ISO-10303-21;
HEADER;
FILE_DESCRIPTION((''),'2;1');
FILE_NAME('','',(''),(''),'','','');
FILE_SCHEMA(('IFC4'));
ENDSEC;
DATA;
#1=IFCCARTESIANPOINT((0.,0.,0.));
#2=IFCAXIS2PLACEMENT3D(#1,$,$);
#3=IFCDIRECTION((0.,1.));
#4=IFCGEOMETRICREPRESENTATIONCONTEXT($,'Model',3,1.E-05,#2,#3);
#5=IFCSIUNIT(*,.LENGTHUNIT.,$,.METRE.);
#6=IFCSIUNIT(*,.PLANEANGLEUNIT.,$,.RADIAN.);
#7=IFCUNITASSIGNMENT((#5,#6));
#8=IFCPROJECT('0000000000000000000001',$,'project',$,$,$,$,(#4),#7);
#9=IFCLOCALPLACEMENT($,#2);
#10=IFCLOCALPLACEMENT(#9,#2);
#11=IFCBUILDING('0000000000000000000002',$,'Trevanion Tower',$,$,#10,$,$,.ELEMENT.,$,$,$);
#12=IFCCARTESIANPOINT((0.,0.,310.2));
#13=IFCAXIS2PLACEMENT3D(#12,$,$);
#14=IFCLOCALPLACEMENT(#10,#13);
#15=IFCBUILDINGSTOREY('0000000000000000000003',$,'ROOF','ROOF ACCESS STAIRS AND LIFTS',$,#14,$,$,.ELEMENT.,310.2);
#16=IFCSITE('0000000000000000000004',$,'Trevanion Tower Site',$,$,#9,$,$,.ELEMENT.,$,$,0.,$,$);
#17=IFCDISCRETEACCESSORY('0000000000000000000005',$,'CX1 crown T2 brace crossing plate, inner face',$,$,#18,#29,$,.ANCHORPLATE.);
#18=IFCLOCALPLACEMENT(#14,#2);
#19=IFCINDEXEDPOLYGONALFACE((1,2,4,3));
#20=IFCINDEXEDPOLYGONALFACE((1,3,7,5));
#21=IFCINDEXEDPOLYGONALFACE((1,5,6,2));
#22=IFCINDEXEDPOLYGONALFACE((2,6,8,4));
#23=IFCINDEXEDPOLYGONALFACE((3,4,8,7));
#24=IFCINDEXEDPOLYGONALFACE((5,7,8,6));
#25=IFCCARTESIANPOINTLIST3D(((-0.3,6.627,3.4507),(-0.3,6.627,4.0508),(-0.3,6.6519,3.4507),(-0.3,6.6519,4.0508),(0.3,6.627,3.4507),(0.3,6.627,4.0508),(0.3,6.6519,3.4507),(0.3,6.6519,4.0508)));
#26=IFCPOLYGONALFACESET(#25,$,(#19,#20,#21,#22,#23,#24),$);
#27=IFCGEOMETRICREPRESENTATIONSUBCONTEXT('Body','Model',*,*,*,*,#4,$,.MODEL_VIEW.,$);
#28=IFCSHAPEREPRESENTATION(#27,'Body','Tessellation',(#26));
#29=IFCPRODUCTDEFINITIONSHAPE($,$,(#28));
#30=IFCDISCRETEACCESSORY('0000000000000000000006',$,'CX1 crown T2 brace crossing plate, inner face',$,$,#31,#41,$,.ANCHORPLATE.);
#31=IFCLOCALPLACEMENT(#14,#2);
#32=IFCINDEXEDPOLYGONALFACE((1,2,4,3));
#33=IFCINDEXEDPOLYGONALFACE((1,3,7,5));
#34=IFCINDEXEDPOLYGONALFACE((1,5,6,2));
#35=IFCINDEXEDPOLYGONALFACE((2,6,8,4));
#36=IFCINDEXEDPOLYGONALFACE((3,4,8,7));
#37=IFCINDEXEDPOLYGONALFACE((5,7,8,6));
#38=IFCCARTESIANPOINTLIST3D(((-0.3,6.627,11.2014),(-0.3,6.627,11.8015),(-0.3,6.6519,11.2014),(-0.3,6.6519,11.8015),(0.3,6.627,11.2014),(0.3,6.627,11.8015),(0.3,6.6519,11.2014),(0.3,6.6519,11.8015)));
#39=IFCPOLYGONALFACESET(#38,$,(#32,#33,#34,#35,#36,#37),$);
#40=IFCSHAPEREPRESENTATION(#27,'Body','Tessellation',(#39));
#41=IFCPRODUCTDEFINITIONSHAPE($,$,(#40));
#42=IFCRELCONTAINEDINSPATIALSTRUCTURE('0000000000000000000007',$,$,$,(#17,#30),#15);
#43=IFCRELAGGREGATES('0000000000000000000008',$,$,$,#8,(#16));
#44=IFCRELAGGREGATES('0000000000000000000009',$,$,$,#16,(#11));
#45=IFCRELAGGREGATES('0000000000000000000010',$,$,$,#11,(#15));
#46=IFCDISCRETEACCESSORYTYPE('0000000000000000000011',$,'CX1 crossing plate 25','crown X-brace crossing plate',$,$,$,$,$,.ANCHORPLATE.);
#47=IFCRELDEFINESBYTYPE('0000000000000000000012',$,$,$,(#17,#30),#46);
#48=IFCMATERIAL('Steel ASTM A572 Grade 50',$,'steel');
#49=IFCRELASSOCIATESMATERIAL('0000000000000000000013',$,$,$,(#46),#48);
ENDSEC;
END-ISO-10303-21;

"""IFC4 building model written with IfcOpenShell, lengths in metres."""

from ifc_helpers import new_model, si_unit, direction, frame, origin, origin_2d, place, context, subcontext, project, spatial, rectangle, extrude, material, type_object, element, save


model = new_model("IFC4")

# Units and contexts
model_context = context("Model", 3, precision=1e-05, world=origin(), true_north=direction((0.0, 1.0)))
body_context = subcontext(model_context, "Body", "Model", "MODEL_VIEW")
ifc_project = project(units=[si_unit("LENGTHUNIT", "METRE"), si_unit("PLANEANGLEUNIT", "RADIAN")], contexts=[model_context])

# Site, building, storey
site_placement = place(None, origin())
site = spatial("IfcSite", under=ifc_project, at=site_placement, Name="Trevanion Tower Site", CompositionType="ELEMENT", RefElevation=0.0)
building_placement = place(site_placement, origin())
building = spatial("IfcBuilding", under=site, at=building_placement, Name="Trevanion Tower", CompositionType="ELEMENT")
storey_placement = place(building_placement, frame((0.0, 0.0, 310.2)))
storey = spatial("IfcBuildingStorey", under=building, at=storey_placement, Name="ROOF", Description="ROOF ACCESS STAIRS AND LIFTS", CompositionType="ELEMENT", Elevation=310.2)

# Discrete accessories
ifc_material_1 = material(Name="Steel ASTM A572 Grade 50", Category="steel")
discrete_accessory_type = type_object("IfcDiscreteAccessoryType", Name="CX1 crossing plate 25", Description="crown X-brace crossing plate", PredefinedType="ANCHORPLATE", material=ifc_material_1)
for number, where, z_axis, x_axis, name in (
    (1, (0.0, 6.6394, 3.4507), (0.0, 0.0, 1.0), (-1.0, 0.0, 0.0), "CX1 crown T2 brace crossing plate, inner face"),
    (2, (0.0, 6.6394, 11.2014), (0.0, 0.0, 1.0), (-1.0, 0.0, 0.0), "CX1 crown T2 brace crossing plate, inner face"),
):
    element("IfcDiscreteAccessory", number, at=place(storey_placement, frame(where, z_axis=z_axis, x_axis=x_axis)), inside=storey, type_object=discrete_accessory_type, Name=name, PredefinedType="ANCHORPLATE", context=body_context, shape_type="SweptSolid", body=[
        extrude(rectangle(XDim=0.6001, YDim=0.0249, at=origin_2d()), origin(), (0.0, 0.0, 1.0), 0.6001),
    ])

save(model, "model.ifc")
